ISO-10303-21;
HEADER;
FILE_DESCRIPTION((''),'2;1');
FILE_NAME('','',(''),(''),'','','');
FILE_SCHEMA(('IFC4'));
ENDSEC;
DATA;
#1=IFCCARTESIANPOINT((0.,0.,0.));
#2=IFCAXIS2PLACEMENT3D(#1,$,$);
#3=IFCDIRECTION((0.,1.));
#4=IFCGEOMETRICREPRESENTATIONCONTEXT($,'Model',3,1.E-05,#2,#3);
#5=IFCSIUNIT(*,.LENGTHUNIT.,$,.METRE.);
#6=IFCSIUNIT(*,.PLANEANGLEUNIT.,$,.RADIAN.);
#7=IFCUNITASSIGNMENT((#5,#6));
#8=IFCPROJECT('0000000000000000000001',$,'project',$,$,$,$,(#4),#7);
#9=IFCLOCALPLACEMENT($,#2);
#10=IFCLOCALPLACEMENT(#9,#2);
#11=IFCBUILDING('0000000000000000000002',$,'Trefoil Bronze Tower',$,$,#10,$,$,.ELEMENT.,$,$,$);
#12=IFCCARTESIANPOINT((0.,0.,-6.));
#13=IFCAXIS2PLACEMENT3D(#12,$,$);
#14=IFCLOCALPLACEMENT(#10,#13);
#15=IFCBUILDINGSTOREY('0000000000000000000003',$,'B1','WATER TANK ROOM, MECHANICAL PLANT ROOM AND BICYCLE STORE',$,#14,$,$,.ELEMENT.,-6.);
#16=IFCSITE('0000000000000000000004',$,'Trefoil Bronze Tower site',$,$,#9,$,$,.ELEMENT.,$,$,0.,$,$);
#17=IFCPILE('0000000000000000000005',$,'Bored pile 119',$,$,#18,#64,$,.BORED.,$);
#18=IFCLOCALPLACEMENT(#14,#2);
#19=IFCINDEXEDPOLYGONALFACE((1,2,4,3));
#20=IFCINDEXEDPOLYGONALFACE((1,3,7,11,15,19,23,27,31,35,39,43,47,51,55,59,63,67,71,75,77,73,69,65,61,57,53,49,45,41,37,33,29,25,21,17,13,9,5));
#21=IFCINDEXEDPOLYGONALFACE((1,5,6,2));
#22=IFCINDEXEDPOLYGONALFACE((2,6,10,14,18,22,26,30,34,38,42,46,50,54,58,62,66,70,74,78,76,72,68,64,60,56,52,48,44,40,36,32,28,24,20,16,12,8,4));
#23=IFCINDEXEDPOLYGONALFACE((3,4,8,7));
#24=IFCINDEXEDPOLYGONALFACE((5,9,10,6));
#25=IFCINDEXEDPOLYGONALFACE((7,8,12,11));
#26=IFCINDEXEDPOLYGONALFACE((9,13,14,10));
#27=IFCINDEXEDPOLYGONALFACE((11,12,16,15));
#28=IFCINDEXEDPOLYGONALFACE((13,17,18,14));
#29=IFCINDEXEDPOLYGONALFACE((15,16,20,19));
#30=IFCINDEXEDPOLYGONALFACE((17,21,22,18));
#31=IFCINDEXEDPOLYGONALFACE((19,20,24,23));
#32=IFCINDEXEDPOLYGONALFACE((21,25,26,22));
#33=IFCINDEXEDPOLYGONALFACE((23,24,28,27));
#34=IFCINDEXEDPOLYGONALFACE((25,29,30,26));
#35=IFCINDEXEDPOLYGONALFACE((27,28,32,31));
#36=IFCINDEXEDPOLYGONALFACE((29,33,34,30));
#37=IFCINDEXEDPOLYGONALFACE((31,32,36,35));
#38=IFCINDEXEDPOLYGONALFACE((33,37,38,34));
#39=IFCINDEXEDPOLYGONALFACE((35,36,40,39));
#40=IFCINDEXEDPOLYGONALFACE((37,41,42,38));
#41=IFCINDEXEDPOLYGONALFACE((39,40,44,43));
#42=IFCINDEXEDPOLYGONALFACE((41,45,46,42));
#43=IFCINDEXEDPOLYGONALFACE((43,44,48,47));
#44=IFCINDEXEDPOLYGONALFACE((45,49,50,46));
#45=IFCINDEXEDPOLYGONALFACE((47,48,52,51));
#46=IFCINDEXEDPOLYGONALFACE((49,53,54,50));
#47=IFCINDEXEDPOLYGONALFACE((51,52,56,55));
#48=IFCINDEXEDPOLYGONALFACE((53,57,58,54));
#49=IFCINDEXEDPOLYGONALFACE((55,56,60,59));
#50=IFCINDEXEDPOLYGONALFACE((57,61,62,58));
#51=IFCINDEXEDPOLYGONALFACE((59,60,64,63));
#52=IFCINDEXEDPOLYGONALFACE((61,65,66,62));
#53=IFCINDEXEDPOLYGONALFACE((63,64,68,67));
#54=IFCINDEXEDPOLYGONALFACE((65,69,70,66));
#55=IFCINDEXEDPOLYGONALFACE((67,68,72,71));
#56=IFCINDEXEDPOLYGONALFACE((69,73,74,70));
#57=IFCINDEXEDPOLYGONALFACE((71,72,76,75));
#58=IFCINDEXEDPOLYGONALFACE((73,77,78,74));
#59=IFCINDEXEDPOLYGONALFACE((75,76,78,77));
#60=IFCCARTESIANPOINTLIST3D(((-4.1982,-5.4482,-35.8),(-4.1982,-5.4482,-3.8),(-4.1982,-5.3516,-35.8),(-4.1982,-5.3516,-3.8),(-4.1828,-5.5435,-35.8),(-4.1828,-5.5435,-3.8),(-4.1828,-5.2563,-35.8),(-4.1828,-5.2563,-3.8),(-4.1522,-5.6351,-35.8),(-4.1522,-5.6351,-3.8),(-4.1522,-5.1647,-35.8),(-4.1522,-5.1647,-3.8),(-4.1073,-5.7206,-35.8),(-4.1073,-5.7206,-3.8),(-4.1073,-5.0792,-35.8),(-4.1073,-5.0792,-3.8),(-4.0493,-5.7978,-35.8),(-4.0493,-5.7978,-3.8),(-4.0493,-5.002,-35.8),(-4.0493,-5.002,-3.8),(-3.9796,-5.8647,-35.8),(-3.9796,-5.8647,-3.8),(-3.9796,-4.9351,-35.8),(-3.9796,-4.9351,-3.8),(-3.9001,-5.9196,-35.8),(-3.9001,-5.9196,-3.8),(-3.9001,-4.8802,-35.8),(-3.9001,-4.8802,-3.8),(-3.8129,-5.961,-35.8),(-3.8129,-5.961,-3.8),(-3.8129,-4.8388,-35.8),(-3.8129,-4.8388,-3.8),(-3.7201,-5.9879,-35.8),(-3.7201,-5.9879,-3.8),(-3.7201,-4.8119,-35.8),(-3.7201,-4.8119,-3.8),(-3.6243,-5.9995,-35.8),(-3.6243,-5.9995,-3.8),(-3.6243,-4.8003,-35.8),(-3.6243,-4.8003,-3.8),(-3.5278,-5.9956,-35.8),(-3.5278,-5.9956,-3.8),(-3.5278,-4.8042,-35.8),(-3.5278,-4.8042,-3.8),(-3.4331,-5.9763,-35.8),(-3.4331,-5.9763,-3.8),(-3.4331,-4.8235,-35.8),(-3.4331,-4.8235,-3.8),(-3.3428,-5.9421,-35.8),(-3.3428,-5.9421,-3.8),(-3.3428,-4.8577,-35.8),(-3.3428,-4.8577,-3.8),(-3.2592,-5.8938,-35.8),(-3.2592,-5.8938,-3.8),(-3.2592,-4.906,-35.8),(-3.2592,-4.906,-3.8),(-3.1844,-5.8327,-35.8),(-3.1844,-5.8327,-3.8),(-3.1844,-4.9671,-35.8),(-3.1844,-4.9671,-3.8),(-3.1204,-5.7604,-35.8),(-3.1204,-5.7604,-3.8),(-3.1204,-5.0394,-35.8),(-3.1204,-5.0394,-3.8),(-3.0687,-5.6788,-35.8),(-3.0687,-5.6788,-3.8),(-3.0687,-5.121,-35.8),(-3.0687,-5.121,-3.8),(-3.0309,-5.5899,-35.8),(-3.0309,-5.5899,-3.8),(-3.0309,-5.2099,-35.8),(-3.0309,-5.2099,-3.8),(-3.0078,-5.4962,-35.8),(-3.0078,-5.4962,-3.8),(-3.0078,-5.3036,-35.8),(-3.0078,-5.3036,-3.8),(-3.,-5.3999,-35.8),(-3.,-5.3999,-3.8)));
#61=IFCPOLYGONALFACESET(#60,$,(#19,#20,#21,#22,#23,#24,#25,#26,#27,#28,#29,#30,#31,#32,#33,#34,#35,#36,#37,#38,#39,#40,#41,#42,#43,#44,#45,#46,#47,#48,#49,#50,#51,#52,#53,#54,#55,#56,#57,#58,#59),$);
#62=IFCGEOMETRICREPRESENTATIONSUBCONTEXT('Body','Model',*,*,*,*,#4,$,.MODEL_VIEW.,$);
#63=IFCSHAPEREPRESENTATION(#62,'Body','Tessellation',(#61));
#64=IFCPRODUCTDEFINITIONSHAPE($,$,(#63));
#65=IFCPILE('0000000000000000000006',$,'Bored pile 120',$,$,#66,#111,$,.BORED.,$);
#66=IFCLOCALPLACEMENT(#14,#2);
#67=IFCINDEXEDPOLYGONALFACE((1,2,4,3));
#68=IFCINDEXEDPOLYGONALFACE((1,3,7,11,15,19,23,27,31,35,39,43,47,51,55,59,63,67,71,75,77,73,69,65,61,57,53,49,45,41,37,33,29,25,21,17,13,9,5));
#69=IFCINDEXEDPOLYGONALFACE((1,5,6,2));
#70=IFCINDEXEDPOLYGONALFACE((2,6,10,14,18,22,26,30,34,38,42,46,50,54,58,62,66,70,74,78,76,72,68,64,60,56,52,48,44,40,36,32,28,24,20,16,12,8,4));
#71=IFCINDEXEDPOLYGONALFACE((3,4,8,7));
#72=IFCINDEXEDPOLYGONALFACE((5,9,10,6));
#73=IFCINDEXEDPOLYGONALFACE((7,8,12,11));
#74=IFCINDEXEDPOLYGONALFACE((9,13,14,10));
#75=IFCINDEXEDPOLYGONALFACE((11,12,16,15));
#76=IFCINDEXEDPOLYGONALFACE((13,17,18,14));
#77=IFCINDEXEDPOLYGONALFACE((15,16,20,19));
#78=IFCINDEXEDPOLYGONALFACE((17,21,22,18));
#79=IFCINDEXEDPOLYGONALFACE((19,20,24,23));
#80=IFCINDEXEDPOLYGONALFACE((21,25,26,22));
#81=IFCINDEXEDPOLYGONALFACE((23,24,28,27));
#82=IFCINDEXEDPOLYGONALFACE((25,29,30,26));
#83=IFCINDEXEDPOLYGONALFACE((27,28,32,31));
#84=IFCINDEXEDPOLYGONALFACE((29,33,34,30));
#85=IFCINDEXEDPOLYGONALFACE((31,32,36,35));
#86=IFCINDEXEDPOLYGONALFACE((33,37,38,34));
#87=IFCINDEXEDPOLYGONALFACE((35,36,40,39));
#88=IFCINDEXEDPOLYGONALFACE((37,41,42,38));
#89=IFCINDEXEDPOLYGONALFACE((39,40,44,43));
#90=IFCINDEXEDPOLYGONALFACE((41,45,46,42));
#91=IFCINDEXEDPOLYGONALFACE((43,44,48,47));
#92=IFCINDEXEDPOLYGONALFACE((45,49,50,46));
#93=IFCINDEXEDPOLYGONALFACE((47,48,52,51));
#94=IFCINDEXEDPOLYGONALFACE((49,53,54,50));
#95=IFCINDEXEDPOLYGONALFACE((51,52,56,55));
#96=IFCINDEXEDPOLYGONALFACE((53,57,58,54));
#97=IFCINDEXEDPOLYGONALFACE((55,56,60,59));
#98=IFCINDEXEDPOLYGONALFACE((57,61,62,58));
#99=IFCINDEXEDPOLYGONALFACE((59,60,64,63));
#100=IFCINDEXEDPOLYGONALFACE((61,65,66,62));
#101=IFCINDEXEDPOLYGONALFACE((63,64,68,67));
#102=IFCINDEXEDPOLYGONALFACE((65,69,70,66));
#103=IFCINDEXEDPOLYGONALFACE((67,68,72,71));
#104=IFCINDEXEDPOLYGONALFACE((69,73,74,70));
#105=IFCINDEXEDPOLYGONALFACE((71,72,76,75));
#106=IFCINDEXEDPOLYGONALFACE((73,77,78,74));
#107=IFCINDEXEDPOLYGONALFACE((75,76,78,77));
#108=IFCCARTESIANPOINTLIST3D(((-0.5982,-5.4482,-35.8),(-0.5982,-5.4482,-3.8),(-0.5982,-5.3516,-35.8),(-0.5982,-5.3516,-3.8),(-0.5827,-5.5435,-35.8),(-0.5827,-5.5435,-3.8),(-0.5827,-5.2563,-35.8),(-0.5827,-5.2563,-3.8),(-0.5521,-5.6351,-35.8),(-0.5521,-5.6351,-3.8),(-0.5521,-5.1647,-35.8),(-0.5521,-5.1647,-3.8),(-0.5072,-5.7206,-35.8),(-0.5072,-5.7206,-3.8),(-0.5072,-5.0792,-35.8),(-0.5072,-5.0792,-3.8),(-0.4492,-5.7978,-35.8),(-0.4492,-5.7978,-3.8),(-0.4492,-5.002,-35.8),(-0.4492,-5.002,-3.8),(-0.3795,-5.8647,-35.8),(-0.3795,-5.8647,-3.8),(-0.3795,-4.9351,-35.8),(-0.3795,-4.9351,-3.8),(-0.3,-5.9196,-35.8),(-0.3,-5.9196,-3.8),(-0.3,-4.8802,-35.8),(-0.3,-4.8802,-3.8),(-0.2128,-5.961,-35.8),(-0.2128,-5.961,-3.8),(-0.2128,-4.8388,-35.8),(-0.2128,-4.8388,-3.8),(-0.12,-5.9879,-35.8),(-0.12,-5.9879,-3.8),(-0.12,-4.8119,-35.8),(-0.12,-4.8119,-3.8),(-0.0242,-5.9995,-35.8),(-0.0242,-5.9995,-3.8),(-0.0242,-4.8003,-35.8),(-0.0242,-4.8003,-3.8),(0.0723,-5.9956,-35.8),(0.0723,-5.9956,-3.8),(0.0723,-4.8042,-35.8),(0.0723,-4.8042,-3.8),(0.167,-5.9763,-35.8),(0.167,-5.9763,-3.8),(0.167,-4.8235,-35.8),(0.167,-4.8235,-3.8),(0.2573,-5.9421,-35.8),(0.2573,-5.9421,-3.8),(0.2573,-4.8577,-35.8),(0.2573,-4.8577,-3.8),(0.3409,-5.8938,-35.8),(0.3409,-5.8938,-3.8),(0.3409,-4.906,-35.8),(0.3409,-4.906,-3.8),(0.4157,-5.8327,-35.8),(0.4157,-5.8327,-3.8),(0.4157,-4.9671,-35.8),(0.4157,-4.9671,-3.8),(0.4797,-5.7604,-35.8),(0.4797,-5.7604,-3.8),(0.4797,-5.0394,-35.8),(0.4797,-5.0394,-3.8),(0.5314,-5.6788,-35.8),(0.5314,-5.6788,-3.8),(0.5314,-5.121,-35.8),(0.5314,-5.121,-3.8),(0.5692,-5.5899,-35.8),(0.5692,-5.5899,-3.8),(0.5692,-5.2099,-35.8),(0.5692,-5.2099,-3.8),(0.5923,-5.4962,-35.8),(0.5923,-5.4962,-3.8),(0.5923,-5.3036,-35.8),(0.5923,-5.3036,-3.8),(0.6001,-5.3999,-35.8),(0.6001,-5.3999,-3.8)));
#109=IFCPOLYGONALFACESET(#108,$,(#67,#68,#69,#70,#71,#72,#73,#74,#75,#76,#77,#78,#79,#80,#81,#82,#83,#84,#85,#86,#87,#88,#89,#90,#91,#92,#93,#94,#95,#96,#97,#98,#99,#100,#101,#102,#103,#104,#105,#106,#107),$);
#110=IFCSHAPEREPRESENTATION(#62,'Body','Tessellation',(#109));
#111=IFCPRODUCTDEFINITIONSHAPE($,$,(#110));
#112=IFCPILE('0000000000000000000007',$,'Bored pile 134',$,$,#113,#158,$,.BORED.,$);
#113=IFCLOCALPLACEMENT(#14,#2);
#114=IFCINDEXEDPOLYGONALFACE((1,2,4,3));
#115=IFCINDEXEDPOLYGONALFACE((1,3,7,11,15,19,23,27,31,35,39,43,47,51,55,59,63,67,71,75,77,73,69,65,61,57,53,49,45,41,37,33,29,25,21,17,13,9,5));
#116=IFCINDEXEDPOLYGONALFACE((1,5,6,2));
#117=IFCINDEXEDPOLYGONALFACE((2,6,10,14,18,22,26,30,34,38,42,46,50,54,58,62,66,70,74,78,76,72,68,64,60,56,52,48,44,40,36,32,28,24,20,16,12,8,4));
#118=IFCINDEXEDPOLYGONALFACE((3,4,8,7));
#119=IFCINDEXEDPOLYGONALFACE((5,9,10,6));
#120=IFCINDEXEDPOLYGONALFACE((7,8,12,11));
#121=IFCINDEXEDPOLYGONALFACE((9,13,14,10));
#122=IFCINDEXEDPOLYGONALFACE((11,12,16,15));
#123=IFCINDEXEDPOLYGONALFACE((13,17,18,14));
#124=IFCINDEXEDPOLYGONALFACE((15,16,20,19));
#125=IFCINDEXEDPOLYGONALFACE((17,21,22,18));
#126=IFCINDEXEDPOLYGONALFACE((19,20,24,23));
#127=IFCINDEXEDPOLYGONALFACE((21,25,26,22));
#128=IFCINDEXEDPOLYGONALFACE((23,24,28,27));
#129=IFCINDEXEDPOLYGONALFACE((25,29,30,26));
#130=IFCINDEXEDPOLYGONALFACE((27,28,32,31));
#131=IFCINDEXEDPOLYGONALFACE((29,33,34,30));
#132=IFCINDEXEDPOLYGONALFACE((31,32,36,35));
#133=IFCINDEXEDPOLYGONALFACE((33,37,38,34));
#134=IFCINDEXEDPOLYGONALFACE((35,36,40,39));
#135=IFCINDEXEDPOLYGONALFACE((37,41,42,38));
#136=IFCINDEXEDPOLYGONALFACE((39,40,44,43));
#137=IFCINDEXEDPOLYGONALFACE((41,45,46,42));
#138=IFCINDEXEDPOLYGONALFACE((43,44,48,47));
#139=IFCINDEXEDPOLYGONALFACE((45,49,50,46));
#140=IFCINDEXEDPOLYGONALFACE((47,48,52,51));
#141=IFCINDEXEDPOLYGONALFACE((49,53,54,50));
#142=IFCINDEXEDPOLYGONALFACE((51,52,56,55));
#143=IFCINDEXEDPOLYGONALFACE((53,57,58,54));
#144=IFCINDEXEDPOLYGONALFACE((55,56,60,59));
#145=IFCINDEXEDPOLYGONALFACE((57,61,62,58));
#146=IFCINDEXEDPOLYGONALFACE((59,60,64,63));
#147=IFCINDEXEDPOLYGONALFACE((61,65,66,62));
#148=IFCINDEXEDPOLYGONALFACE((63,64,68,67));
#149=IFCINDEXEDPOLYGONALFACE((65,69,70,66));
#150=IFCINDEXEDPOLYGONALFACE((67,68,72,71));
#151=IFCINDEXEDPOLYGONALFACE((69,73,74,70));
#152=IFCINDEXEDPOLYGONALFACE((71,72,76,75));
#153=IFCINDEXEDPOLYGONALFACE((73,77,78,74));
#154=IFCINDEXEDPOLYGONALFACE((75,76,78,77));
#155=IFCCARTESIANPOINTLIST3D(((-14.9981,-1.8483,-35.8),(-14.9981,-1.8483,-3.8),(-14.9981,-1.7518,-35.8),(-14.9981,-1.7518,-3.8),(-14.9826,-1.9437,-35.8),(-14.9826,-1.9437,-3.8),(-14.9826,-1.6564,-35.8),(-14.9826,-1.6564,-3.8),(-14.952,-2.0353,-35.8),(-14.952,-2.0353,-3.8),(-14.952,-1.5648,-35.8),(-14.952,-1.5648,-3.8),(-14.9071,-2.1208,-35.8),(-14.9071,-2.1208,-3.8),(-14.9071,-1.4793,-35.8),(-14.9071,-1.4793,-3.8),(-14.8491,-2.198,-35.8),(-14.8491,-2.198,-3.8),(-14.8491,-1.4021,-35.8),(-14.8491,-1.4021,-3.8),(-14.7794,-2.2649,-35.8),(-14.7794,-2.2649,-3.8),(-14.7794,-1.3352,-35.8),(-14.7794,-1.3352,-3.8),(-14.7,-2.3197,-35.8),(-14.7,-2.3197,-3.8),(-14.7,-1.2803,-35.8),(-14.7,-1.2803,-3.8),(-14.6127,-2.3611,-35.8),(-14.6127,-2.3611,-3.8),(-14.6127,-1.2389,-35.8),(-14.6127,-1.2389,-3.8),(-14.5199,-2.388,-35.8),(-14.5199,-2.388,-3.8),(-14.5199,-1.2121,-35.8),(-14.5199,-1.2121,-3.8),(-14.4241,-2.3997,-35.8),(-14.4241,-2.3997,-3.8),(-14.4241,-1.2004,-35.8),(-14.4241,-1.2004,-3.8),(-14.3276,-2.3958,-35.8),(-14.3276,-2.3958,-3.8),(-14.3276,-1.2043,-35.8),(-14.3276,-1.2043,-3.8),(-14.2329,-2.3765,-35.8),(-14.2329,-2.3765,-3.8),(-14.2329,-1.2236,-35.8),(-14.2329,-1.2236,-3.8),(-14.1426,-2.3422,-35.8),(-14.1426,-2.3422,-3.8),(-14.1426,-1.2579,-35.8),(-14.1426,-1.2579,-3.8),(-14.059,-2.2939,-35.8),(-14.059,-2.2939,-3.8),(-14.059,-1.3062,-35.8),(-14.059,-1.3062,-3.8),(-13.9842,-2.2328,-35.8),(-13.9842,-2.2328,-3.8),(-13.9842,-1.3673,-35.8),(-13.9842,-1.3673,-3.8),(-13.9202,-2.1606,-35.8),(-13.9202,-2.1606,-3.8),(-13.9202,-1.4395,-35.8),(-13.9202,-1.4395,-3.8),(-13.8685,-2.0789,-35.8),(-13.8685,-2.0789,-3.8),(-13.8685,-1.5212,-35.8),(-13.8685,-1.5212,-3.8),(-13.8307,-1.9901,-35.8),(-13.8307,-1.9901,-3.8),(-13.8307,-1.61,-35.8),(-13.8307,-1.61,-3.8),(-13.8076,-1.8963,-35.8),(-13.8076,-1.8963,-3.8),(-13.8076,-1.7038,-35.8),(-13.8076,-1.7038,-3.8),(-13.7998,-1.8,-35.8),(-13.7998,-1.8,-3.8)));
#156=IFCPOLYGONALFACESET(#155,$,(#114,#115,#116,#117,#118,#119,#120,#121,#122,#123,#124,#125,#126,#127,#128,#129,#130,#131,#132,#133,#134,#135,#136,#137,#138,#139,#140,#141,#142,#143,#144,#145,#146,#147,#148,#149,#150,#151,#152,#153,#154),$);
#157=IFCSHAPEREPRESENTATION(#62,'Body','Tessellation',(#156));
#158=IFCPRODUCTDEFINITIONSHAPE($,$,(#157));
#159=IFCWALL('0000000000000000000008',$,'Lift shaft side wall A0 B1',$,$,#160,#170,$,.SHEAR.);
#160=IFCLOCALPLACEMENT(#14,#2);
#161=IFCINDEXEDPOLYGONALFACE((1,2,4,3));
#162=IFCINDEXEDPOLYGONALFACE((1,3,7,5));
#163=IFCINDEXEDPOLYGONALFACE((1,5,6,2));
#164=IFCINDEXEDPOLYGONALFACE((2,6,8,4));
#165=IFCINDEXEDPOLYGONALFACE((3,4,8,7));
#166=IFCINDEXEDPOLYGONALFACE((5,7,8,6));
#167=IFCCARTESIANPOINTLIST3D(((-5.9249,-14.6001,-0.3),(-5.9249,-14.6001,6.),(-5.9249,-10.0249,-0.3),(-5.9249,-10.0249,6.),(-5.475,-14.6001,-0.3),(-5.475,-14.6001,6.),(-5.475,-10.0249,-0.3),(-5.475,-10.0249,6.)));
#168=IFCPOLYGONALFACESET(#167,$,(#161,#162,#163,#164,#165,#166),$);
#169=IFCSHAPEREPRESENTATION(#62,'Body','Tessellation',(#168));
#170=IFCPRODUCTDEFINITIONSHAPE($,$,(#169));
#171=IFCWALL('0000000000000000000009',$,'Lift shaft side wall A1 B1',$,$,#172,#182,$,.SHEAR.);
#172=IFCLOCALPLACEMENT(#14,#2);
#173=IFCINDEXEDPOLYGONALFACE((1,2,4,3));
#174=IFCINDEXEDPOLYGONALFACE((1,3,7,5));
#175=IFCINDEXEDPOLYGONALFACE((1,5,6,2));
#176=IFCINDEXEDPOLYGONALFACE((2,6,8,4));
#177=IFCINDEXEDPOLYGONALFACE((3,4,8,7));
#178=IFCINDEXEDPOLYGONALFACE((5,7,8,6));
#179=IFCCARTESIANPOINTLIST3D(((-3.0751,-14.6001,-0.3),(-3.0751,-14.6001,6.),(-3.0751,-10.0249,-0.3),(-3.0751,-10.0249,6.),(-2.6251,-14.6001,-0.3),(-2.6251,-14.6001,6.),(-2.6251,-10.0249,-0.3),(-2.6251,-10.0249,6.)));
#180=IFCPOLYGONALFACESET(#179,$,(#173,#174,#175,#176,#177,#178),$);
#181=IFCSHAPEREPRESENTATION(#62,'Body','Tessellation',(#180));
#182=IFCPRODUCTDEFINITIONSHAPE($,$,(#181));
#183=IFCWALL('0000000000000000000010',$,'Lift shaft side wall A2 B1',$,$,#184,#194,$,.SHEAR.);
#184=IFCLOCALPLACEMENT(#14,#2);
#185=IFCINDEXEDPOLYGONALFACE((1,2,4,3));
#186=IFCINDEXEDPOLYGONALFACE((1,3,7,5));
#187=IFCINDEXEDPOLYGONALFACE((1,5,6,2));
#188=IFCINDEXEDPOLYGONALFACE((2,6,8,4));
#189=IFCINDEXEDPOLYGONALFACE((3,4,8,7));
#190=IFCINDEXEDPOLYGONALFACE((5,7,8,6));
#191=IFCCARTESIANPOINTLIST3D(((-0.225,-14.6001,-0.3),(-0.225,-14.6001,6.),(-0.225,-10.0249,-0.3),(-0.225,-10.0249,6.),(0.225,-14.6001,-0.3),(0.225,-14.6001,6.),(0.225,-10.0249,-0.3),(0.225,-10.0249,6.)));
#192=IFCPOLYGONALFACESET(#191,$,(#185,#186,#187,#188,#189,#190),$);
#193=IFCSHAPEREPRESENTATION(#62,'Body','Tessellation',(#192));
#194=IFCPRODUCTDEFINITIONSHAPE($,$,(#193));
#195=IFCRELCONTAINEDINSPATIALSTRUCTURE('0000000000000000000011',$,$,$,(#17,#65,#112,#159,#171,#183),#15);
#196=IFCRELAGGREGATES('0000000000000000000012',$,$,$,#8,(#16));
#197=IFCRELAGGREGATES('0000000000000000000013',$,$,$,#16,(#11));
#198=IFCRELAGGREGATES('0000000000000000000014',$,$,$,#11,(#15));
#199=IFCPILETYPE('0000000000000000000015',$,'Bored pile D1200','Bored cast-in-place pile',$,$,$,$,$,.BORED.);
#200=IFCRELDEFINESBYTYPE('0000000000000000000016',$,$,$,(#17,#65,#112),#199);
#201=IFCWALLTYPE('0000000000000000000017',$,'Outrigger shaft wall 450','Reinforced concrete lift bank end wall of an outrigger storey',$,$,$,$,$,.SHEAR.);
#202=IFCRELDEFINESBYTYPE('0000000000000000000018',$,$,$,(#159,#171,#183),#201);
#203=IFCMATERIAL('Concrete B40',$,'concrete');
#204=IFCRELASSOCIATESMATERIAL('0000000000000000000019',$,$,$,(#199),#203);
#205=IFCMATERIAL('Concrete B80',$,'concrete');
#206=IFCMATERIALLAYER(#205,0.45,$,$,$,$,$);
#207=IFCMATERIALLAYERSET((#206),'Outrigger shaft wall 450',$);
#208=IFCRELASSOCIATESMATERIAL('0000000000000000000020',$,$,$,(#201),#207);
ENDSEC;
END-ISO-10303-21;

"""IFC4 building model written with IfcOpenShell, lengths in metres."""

from ifc_helpers import new_model, si_unit, direction, frame, frame_2d, origin, origin_2d, place, context, subcontext, project, spatial, rectangle, circle, extrude, material, layer, layer_set, type_object, element, save


model = new_model("IFC4")

# Units and contexts
model_context = context("Model", 3, precision=1e-05, world=origin(), true_north=direction((0.0, 1.0)))
body_context = subcontext(model_context, "Body", "Model", "MODEL_VIEW")
ifc_project = project(units=[si_unit("LENGTHUNIT", "METRE"), si_unit("PLANEANGLEUNIT", "RADIAN")], contexts=[model_context])

# Site, building, storey
site_placement = place(None, origin())
site = spatial("IfcSite", under=ifc_project, at=site_placement, Name="Trefoil Bronze Tower site", CompositionType="ELEMENT", RefElevation=0.0)
building_placement = place(site_placement, origin())
building = spatial("IfcBuilding", under=site, at=building_placement, Name="Trefoil Bronze Tower", CompositionType="ELEMENT")
storey_placement = place(building_placement, frame((0.0, 0.0, -6.0)))
storey = spatial("IfcBuildingStorey", under=building, at=storey_placement, Name="B1", Description="WATER TANK ROOM, MECHANICAL PLANT ROOM AND BICYCLE STORE", CompositionType="ELEMENT", Elevation=-6.0)

# Piles
ifc_material_1 = material(Name="Concrete B40", Category="concrete")
pile_type = type_object("IfcPileType", Name="Bored pile D1200", Description="Bored cast-in-place pile", PredefinedType="BORED", material=ifc_material_1)
for number, where, z_axis, x_axis, name in (
    (1, (-3.6001, -5.3999, -3.8), (0.0, 0.0, -1.0), (1.0, 0.0, 0.0), "Bored pile 119"),
    (2, (0.0, -5.3999, -3.8), (0.0, 0.0, -1.0), (1.0, 0.0, 0.0), "Bored pile 120"),
    (3, (-14.3999, -1.8, -3.8), (0.0, 0.0, -1.0), (1.0, 0.0, 0.0), "Bored pile 134"),
):
    element("IfcPile", number, at=place(storey_placement, frame(where, z_axis=z_axis, x_axis=x_axis)), inside=storey, type_object=pile_type, Name=name, PredefinedType="BORED", context=body_context, shape_type="SweptSolid", body=[
        extrude(circle(Radius=0.6001, at=origin_2d()), origin(), (0.0, 0.0, 1.0), 32.0),
    ])

# Walls
ifc_material_2 = material(Name="Concrete B80", Category="concrete")
ifc_layer_1 = layer(ifc_material_2, 0.45)
ifc_layer_set_1 = layer_set([ifc_layer_1], Name="Outrigger shaft wall 450")
wall_type_1 = type_object("IfcWallType", Name="Outrigger shaft wall 450", Description="Reinforced concrete lift bank end wall of an outrigger storey", PredefinedType="SHEAR", material=ifc_layer_set_1)
for number, where, z_axis, x_axis, name in (
    (4, (-5.7, -10.0249, -0.3), (0.0, 0.0, 1.0), (0.0, -1.0, 0.0), "Lift shaft side wall A0 B1"),
    (5, (-2.8501, -10.0249, -0.3), (0.0, 0.0, 1.0), (0.0, -1.0, 0.0), "Lift shaft side wall A1 B1"),
    (6, (0.0, -10.0249, -0.3), (0.0, 0.0, 1.0), (0.0, -1.0, 0.0), "Lift shaft side wall A2 B1"),
):
    element("IfcWall", number, at=place(storey_placement, frame(where, z_axis=z_axis, x_axis=x_axis)), inside=storey, type_object=wall_type_1, Name=name, PredefinedType="SHEAR", context=body_context, shape_type="SweptSolid", body=[
        extrude(rectangle(XDim=4.5752, YDim=0.45, at=frame_2d((2.2876, 0.0))), origin(), (0.0, 0.0, 1.0), 6.3),
    ])

save(model, "model.ifc")
